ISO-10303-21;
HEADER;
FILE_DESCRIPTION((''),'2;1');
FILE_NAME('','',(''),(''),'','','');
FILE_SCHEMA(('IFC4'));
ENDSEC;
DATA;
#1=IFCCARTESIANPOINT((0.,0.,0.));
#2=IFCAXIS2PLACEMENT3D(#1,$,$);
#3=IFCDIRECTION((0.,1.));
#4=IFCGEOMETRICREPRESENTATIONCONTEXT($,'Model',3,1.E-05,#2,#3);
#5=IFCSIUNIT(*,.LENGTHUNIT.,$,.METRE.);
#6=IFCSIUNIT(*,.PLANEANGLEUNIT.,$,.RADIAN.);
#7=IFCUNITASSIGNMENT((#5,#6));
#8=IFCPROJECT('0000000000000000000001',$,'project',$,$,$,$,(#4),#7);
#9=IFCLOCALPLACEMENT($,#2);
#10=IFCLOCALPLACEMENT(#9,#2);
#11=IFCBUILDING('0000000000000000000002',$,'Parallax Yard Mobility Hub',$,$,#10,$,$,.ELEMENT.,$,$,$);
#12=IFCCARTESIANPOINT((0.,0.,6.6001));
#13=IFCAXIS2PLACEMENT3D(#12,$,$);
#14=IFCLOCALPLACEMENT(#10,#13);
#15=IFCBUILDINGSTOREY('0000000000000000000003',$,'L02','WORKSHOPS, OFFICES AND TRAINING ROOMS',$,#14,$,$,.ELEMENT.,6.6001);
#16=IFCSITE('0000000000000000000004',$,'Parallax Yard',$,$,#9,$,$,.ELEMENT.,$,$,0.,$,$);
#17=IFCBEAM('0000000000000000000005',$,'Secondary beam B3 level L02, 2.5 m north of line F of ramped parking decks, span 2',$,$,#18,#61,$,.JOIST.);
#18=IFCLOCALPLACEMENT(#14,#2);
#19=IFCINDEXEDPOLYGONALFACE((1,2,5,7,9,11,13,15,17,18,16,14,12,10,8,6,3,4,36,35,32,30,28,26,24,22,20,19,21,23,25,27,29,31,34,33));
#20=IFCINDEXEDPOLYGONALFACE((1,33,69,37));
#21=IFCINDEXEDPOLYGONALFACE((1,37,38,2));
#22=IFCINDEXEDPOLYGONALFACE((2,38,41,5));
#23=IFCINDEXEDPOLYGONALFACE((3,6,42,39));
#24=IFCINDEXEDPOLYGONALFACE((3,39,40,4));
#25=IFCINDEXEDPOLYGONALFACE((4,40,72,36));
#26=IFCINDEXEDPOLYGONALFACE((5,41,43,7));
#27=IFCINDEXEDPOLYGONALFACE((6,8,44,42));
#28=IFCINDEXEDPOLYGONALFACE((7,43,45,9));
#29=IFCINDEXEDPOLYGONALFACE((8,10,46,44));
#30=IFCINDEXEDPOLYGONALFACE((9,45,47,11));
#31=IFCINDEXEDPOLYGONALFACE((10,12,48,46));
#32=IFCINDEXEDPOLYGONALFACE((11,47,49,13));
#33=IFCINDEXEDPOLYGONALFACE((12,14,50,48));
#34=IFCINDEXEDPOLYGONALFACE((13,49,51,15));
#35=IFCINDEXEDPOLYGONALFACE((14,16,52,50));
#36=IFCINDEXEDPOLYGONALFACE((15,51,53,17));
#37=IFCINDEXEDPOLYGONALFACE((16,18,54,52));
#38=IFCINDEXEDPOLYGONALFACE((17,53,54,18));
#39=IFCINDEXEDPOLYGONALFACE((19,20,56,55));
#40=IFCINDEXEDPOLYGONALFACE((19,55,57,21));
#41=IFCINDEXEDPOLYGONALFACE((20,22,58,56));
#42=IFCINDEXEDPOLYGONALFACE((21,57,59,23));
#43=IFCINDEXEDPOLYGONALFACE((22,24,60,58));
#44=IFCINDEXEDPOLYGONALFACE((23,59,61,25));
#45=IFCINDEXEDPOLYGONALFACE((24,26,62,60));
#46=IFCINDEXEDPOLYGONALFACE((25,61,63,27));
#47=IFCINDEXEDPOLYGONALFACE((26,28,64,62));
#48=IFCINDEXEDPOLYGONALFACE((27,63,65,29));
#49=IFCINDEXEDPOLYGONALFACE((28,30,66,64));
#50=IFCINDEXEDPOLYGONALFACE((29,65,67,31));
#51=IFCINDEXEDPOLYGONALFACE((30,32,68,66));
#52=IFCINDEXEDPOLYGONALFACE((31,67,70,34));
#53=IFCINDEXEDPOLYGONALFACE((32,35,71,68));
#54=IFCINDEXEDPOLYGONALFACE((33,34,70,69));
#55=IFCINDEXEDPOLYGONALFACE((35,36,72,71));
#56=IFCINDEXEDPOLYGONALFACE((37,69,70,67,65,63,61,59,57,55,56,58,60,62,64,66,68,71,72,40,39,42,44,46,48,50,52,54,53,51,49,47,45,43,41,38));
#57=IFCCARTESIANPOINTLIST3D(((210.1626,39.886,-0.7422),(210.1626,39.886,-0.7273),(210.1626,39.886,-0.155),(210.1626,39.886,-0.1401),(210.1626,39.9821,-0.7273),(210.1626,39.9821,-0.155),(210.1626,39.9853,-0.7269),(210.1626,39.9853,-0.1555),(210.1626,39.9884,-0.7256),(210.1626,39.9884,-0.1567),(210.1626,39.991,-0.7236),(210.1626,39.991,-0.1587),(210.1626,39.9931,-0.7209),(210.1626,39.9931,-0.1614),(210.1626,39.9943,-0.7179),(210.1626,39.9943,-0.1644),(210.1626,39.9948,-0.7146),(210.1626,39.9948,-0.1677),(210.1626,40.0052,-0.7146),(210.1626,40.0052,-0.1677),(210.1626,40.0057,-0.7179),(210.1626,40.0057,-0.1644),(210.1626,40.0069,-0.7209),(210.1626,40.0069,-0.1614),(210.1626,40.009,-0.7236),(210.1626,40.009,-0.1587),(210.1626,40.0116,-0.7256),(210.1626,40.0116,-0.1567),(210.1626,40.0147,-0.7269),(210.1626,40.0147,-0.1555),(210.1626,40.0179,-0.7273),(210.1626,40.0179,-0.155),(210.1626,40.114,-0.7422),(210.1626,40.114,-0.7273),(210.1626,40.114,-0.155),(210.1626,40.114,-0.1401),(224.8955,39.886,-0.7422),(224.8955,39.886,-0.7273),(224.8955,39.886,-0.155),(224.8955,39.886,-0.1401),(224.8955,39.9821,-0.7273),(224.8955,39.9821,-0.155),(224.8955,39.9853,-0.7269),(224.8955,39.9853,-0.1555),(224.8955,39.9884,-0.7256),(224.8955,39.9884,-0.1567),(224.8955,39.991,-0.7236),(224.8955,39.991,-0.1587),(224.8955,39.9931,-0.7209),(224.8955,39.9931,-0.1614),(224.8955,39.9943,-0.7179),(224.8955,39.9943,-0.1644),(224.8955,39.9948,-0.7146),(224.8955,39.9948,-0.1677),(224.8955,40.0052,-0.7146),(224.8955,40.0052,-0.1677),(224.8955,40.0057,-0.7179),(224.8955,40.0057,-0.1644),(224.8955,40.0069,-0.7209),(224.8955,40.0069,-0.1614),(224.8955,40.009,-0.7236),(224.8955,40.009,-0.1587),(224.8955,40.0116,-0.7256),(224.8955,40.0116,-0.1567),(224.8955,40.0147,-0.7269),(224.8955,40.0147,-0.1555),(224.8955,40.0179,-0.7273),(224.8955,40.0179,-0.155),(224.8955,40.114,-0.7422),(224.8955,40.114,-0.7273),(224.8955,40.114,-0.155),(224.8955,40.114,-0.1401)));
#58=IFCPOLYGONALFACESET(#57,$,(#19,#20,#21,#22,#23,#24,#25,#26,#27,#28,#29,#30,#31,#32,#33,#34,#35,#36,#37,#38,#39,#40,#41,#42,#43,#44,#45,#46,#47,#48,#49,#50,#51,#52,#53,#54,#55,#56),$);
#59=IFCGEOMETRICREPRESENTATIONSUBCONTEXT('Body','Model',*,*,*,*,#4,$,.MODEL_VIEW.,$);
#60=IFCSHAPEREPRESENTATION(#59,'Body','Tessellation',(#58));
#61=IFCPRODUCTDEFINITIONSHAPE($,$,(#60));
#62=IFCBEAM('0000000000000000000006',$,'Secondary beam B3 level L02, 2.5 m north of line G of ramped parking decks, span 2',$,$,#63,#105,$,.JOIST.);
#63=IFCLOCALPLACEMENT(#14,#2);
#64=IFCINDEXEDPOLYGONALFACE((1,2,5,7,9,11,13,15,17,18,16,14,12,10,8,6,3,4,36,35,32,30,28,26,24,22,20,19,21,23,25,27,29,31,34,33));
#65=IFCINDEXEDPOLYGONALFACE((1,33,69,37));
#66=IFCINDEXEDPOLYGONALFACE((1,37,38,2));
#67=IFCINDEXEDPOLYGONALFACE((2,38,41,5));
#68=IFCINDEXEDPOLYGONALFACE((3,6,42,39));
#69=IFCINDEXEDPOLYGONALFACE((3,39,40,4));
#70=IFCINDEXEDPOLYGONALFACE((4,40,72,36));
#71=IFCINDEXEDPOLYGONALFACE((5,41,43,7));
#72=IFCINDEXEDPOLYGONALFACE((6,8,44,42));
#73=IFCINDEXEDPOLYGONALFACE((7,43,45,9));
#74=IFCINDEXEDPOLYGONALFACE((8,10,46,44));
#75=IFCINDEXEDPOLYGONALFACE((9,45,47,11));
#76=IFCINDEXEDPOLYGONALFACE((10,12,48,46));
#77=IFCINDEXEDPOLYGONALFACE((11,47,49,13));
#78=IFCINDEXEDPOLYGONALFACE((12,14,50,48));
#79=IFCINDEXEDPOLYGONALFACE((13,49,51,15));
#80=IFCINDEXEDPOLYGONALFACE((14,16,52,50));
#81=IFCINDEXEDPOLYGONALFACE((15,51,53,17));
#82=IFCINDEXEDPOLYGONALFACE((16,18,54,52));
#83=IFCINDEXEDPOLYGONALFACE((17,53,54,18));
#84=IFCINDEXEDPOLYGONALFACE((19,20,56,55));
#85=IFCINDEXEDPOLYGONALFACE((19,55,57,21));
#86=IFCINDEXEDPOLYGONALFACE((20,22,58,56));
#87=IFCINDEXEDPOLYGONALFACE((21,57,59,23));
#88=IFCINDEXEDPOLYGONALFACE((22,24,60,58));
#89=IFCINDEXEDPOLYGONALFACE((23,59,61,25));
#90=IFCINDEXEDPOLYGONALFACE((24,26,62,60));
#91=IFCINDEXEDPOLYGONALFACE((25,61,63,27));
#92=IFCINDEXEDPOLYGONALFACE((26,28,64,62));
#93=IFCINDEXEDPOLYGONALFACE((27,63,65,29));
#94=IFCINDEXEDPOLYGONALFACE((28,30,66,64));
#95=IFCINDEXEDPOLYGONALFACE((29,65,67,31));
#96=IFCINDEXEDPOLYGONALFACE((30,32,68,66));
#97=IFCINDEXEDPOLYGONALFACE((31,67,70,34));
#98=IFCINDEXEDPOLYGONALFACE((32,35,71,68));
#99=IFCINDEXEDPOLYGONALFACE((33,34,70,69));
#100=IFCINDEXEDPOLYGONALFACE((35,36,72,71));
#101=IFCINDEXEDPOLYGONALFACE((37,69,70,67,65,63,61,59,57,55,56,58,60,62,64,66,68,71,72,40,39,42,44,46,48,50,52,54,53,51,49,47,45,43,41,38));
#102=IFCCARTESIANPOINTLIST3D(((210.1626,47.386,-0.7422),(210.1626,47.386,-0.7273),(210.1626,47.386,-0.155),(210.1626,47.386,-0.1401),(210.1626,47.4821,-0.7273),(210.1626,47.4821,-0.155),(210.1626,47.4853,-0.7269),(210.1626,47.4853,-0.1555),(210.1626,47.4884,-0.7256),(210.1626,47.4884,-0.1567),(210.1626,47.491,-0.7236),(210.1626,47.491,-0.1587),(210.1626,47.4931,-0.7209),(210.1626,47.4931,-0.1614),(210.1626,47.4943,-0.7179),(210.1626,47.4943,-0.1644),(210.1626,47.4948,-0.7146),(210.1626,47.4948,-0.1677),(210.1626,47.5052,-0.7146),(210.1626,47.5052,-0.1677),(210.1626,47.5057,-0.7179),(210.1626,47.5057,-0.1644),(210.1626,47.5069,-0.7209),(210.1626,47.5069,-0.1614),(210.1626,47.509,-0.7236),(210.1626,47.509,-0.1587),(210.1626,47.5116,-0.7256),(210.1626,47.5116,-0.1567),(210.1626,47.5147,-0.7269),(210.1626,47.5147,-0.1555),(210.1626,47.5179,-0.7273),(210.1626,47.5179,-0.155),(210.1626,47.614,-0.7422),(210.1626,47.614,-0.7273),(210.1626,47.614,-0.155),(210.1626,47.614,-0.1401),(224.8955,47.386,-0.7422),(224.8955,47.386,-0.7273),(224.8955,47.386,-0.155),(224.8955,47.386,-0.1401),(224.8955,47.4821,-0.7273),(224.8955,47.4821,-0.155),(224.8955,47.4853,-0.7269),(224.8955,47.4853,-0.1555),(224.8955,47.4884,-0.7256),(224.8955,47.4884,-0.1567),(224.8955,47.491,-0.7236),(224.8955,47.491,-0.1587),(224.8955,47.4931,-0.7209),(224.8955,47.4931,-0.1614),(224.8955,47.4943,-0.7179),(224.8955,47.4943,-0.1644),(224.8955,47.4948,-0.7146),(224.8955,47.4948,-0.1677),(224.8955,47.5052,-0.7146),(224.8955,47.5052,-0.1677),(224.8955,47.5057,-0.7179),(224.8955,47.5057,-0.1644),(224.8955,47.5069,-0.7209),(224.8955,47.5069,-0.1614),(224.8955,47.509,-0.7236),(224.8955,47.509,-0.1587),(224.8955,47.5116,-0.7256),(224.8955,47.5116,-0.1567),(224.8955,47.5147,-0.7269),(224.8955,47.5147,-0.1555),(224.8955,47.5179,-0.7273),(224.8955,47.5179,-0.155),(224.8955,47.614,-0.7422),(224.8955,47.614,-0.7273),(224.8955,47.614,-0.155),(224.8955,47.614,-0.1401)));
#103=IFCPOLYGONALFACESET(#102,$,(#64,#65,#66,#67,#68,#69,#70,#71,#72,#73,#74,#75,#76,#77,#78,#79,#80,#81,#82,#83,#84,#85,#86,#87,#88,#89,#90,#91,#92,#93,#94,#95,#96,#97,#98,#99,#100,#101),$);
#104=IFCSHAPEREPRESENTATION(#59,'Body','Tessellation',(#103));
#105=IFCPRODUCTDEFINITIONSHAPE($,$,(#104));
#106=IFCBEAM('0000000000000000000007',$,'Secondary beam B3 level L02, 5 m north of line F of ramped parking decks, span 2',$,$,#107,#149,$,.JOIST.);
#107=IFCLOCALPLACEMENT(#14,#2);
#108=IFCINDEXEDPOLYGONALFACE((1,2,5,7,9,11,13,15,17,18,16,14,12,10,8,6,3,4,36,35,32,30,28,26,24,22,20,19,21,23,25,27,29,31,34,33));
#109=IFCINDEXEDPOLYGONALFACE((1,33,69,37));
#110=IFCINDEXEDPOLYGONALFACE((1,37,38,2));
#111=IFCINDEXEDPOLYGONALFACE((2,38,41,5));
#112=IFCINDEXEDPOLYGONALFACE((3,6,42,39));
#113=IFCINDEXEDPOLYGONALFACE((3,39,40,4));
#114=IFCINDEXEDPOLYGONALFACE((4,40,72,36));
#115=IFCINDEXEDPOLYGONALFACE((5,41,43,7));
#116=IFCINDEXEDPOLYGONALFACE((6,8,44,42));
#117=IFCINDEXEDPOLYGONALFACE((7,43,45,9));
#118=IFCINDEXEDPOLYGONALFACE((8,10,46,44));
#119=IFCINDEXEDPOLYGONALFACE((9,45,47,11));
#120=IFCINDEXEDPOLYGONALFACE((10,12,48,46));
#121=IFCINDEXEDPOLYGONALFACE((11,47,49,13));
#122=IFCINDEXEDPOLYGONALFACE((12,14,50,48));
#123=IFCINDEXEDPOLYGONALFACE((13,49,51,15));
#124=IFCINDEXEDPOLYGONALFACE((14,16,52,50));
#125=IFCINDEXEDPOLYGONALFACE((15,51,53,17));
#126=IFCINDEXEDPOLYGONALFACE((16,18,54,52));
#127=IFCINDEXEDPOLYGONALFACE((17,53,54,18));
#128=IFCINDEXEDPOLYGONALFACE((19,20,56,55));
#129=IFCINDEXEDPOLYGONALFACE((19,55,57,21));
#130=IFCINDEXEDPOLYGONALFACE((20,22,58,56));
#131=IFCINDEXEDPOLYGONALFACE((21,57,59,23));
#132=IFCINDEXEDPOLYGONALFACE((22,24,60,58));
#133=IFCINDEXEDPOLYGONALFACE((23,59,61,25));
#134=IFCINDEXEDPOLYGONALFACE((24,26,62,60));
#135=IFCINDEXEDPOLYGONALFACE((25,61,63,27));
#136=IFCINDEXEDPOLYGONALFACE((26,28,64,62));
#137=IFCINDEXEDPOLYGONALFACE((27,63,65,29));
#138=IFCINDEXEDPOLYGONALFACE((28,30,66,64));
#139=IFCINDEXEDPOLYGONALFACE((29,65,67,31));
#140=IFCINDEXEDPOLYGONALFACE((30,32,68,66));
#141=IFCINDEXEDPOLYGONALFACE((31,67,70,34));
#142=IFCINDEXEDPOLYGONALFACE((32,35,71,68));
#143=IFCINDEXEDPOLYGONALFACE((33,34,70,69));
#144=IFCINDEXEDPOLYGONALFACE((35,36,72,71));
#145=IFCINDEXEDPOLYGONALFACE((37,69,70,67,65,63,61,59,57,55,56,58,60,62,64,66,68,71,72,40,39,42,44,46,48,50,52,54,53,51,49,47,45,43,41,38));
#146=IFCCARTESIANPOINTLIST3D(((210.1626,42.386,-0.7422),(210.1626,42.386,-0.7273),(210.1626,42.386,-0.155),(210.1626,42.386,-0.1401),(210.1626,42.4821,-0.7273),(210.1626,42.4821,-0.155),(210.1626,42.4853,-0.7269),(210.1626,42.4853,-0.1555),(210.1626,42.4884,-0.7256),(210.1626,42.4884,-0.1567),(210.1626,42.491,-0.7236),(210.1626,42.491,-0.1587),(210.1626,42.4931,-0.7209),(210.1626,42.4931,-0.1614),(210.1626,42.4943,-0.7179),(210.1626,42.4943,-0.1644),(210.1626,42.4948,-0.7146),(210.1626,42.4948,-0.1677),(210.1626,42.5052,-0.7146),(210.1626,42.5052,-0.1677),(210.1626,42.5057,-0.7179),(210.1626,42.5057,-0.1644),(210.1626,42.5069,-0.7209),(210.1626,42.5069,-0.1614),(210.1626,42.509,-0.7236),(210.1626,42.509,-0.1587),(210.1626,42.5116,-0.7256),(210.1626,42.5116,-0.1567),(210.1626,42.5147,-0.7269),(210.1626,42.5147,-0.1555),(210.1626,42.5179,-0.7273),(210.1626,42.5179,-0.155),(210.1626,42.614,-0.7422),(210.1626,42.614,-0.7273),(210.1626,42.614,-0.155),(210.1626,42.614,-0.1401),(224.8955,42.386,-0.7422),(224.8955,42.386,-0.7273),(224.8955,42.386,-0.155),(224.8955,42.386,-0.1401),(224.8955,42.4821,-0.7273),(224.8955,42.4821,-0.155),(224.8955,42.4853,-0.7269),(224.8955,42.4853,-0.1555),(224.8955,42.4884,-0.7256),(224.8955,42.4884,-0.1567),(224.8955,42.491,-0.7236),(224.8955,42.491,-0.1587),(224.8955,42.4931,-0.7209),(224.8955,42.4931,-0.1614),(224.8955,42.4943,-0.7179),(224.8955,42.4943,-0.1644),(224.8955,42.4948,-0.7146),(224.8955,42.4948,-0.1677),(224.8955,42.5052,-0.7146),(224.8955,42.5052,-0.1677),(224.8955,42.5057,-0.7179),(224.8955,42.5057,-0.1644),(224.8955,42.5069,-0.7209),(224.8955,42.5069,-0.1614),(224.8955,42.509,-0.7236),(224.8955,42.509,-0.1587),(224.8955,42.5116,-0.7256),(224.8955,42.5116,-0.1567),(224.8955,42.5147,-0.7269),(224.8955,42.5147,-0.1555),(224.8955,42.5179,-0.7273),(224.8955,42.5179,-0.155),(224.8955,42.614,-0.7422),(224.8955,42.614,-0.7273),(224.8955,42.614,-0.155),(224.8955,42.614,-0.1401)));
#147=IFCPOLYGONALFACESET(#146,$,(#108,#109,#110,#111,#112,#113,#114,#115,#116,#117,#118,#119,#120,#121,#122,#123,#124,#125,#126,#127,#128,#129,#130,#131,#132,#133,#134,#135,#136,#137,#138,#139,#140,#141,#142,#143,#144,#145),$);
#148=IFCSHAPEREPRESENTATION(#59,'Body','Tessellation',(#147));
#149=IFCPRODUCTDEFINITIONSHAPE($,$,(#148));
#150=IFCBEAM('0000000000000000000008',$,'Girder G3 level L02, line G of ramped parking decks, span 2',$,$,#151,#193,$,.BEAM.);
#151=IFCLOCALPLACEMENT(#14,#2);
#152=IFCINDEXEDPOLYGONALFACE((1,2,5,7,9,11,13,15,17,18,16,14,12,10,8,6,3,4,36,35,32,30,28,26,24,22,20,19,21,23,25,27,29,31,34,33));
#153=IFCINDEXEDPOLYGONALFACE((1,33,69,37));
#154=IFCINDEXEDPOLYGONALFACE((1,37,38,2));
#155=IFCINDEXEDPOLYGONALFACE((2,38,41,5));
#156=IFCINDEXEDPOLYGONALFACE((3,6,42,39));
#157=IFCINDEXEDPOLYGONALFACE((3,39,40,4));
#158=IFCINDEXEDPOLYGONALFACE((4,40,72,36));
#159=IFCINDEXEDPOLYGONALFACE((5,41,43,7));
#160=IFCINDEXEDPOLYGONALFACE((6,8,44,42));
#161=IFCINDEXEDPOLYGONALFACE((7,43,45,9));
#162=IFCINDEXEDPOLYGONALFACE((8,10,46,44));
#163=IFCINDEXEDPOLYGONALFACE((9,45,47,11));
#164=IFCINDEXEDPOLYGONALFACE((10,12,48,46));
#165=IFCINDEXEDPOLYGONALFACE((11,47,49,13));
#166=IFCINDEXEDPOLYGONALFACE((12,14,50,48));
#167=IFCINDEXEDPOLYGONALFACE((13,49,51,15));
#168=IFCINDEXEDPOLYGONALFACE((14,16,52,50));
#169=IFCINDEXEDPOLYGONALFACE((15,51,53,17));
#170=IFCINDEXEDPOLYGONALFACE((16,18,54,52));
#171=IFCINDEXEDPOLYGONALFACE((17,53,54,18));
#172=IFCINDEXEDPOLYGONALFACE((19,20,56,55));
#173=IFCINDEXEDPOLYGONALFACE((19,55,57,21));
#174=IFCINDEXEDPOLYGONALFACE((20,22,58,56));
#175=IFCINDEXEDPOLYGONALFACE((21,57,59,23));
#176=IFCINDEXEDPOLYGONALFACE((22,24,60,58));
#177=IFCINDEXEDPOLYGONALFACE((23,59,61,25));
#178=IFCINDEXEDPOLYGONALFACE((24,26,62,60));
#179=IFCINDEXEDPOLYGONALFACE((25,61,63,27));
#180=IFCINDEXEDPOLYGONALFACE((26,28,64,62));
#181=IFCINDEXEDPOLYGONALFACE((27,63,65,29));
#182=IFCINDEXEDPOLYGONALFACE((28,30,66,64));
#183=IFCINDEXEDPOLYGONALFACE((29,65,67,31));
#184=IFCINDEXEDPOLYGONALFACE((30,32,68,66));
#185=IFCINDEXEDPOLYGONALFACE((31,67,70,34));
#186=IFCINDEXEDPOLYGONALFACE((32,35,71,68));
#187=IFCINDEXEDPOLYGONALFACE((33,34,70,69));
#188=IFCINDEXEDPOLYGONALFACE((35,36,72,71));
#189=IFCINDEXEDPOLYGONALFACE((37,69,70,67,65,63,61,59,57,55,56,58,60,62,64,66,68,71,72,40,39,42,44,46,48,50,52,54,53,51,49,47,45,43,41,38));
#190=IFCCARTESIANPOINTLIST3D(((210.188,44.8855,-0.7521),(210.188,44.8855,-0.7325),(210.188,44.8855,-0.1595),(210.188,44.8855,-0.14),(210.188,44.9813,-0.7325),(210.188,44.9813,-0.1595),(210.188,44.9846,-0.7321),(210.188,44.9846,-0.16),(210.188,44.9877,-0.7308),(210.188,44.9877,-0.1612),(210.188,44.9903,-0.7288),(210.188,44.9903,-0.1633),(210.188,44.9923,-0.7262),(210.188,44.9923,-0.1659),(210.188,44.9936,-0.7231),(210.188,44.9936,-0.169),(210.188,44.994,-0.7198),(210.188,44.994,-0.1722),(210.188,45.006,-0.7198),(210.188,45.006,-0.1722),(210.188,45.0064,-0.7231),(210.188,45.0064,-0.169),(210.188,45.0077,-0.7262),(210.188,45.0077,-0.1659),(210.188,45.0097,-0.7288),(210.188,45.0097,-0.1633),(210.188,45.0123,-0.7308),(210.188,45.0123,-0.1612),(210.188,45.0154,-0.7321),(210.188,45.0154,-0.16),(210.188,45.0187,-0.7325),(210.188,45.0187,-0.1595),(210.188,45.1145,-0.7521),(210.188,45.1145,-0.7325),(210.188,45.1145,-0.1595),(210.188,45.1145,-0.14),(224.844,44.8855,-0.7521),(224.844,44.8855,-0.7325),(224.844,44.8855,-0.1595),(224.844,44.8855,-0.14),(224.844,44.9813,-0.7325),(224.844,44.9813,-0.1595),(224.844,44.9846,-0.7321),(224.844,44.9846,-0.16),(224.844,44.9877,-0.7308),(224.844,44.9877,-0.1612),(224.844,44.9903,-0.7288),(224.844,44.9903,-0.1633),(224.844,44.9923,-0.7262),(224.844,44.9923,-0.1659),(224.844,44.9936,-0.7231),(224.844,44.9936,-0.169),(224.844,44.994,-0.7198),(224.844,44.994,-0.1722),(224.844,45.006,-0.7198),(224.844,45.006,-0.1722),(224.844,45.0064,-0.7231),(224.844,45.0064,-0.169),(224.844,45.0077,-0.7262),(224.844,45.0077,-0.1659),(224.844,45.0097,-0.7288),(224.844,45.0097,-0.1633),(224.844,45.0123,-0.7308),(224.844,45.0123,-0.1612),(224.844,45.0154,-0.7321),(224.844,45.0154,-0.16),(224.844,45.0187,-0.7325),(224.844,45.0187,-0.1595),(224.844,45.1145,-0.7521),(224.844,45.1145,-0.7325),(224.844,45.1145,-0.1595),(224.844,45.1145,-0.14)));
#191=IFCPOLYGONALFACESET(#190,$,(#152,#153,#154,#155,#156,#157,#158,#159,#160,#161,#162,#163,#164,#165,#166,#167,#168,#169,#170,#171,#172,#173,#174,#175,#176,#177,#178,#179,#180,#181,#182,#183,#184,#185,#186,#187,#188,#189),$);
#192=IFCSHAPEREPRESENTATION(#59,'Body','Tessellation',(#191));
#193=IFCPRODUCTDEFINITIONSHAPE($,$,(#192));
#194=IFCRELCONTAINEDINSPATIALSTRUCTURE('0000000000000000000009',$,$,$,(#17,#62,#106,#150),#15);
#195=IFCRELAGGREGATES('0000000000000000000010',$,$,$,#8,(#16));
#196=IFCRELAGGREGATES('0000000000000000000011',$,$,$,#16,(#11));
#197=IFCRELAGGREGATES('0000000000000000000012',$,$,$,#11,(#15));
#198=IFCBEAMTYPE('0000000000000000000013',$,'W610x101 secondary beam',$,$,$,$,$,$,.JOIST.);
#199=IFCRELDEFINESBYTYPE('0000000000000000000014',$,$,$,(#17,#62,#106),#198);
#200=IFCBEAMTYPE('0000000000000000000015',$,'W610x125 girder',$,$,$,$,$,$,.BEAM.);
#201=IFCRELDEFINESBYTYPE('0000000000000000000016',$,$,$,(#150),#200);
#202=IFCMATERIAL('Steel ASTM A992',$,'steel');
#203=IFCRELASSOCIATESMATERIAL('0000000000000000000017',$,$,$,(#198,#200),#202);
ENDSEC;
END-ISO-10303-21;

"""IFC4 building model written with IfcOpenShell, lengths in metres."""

from ifc_helpers import new_model, si_unit, direction, frame, origin, origin_2d, place, context, subcontext, project, spatial, i_section, extrude, material, material_profile, profile_set, type_object, element, save


model = new_model("IFC4")

# Units and contexts
model_context = context("Model", 3, precision=1e-05, world=origin(), true_north=direction((0.0, 1.0)))
body_context = subcontext(model_context, "Body", "Model", "MODEL_VIEW")
ifc_project = project(units=[si_unit("LENGTHUNIT", "METRE"), si_unit("PLANEANGLEUNIT", "RADIAN")], contexts=[model_context])

# Site, building, storey
site_placement = place(None, origin())
site = spatial("IfcSite", under=ifc_project, at=site_placement, Name="Parallax Yard", CompositionType="ELEMENT", RefElevation=0.0)
building_placement = place(site_placement, origin())
building = spatial("IfcBuilding", under=site, at=building_placement, Name="Parallax Yard Mobility Hub", CompositionType="ELEMENT")
storey_placement = place(building_placement, frame((0.0, 0.0, 6.6001)))
storey = spatial("IfcBuildingStorey", under=building, at=storey_placement, Name="L02", Description="WORKSHOPS, OFFICES AND TRAINING ROOMS", CompositionType="ELEMENT", Elevation=6.6001)

# Shared definitions
ifc_material_1 = material(Name="Steel ASTM A992", Category="steel")

# Beams
ifc_material_profile_1 = material_profile(ifc_material_1, i_section(OverallWidth=0.228, OverallDepth=0.6021, WebThickness=0.0105, FlangeThickness=0.0149, FilletRadius=0.0127, at=origin_2d()), Name="W610x101")
ifc_profile_set_1 = profile_set([ifc_material_profile_1], Name="Steel ASTM A992")
beam_type_1 = type_object("IfcBeamType", Name="W610x101 secondary beam", PredefinedType="JOIST", material=ifc_profile_set_1)
for number, where, z_axis, x_axis, name in (
    (1, (210.1626, 40.0, -0.4412), (1.0, 0.0, 0.0), (0.0, 1.0, 0.0), "Secondary beam B3 level L02, 2.5 m north of line F of ramped parking decks, span 2"),
    (2, (210.1626, 47.5, -0.4412), (1.0, 0.0, 0.0), (0.0, 1.0, 0.0), "Secondary beam B3 level L02, 2.5 m north of line G of ramped parking decks, span 2"),
    (3, (210.1626, 42.5, -0.4412), (1.0, 0.0, 0.0), (0.0, 1.0, 0.0), "Secondary beam B3 level L02, 5 m north of line F of ramped parking decks, span 2"),
):
    element("IfcBeam", number, at=place(storey_placement, frame(where, z_axis=z_axis, x_axis=x_axis)), inside=storey, type_object=beam_type_1, Name=name, PredefinedType="JOIST", context=body_context, shape_type="SweptSolid", body=[
        extrude(i_section(OverallWidth=0.228, OverallDepth=0.6021, WebThickness=0.0105, FlangeThickness=0.0149, FilletRadius=0.0127, at=origin_2d()), origin(), (0.0, 0.0, 1.0), 14.7329),
    ])
ifc_material_profile_2 = material_profile(ifc_material_1, i_section(OverallWidth=0.229, OverallDepth=0.6121, WebThickness=0.012, FlangeThickness=0.0195, FilletRadius=0.0127, at=origin_2d()), Name="W610x125")
ifc_profile_set_2 = profile_set([ifc_material_profile_2], Name="Steel ASTM A992")
beam_type_2 = type_object("IfcBeamType", Name="W610x125 girder", PredefinedType="BEAM", material=ifc_profile_set_2)
beam_1_placement = place(storey_placement, frame((210.188, 45.0, -0.446), z_axis=(1.0, 0.0, 0.0), x_axis=(0.0, 1.0, 0.0)))
element("IfcBeam", 4, at=beam_1_placement, inside=storey, type_object=beam_type_2, Name="Girder G3 level L02, line G of ramped parking decks, span 2", PredefinedType="BEAM", context=body_context, shape_type="SweptSolid", body=[
    extrude(i_section(OverallWidth=0.229, OverallDepth=0.6121, WebThickness=0.012, FlangeThickness=0.0195, FilletRadius=0.0127, at=origin_2d()), origin(), (0.0, 0.0, 1.0), 14.656),
])

save(model, "model.ifc")
